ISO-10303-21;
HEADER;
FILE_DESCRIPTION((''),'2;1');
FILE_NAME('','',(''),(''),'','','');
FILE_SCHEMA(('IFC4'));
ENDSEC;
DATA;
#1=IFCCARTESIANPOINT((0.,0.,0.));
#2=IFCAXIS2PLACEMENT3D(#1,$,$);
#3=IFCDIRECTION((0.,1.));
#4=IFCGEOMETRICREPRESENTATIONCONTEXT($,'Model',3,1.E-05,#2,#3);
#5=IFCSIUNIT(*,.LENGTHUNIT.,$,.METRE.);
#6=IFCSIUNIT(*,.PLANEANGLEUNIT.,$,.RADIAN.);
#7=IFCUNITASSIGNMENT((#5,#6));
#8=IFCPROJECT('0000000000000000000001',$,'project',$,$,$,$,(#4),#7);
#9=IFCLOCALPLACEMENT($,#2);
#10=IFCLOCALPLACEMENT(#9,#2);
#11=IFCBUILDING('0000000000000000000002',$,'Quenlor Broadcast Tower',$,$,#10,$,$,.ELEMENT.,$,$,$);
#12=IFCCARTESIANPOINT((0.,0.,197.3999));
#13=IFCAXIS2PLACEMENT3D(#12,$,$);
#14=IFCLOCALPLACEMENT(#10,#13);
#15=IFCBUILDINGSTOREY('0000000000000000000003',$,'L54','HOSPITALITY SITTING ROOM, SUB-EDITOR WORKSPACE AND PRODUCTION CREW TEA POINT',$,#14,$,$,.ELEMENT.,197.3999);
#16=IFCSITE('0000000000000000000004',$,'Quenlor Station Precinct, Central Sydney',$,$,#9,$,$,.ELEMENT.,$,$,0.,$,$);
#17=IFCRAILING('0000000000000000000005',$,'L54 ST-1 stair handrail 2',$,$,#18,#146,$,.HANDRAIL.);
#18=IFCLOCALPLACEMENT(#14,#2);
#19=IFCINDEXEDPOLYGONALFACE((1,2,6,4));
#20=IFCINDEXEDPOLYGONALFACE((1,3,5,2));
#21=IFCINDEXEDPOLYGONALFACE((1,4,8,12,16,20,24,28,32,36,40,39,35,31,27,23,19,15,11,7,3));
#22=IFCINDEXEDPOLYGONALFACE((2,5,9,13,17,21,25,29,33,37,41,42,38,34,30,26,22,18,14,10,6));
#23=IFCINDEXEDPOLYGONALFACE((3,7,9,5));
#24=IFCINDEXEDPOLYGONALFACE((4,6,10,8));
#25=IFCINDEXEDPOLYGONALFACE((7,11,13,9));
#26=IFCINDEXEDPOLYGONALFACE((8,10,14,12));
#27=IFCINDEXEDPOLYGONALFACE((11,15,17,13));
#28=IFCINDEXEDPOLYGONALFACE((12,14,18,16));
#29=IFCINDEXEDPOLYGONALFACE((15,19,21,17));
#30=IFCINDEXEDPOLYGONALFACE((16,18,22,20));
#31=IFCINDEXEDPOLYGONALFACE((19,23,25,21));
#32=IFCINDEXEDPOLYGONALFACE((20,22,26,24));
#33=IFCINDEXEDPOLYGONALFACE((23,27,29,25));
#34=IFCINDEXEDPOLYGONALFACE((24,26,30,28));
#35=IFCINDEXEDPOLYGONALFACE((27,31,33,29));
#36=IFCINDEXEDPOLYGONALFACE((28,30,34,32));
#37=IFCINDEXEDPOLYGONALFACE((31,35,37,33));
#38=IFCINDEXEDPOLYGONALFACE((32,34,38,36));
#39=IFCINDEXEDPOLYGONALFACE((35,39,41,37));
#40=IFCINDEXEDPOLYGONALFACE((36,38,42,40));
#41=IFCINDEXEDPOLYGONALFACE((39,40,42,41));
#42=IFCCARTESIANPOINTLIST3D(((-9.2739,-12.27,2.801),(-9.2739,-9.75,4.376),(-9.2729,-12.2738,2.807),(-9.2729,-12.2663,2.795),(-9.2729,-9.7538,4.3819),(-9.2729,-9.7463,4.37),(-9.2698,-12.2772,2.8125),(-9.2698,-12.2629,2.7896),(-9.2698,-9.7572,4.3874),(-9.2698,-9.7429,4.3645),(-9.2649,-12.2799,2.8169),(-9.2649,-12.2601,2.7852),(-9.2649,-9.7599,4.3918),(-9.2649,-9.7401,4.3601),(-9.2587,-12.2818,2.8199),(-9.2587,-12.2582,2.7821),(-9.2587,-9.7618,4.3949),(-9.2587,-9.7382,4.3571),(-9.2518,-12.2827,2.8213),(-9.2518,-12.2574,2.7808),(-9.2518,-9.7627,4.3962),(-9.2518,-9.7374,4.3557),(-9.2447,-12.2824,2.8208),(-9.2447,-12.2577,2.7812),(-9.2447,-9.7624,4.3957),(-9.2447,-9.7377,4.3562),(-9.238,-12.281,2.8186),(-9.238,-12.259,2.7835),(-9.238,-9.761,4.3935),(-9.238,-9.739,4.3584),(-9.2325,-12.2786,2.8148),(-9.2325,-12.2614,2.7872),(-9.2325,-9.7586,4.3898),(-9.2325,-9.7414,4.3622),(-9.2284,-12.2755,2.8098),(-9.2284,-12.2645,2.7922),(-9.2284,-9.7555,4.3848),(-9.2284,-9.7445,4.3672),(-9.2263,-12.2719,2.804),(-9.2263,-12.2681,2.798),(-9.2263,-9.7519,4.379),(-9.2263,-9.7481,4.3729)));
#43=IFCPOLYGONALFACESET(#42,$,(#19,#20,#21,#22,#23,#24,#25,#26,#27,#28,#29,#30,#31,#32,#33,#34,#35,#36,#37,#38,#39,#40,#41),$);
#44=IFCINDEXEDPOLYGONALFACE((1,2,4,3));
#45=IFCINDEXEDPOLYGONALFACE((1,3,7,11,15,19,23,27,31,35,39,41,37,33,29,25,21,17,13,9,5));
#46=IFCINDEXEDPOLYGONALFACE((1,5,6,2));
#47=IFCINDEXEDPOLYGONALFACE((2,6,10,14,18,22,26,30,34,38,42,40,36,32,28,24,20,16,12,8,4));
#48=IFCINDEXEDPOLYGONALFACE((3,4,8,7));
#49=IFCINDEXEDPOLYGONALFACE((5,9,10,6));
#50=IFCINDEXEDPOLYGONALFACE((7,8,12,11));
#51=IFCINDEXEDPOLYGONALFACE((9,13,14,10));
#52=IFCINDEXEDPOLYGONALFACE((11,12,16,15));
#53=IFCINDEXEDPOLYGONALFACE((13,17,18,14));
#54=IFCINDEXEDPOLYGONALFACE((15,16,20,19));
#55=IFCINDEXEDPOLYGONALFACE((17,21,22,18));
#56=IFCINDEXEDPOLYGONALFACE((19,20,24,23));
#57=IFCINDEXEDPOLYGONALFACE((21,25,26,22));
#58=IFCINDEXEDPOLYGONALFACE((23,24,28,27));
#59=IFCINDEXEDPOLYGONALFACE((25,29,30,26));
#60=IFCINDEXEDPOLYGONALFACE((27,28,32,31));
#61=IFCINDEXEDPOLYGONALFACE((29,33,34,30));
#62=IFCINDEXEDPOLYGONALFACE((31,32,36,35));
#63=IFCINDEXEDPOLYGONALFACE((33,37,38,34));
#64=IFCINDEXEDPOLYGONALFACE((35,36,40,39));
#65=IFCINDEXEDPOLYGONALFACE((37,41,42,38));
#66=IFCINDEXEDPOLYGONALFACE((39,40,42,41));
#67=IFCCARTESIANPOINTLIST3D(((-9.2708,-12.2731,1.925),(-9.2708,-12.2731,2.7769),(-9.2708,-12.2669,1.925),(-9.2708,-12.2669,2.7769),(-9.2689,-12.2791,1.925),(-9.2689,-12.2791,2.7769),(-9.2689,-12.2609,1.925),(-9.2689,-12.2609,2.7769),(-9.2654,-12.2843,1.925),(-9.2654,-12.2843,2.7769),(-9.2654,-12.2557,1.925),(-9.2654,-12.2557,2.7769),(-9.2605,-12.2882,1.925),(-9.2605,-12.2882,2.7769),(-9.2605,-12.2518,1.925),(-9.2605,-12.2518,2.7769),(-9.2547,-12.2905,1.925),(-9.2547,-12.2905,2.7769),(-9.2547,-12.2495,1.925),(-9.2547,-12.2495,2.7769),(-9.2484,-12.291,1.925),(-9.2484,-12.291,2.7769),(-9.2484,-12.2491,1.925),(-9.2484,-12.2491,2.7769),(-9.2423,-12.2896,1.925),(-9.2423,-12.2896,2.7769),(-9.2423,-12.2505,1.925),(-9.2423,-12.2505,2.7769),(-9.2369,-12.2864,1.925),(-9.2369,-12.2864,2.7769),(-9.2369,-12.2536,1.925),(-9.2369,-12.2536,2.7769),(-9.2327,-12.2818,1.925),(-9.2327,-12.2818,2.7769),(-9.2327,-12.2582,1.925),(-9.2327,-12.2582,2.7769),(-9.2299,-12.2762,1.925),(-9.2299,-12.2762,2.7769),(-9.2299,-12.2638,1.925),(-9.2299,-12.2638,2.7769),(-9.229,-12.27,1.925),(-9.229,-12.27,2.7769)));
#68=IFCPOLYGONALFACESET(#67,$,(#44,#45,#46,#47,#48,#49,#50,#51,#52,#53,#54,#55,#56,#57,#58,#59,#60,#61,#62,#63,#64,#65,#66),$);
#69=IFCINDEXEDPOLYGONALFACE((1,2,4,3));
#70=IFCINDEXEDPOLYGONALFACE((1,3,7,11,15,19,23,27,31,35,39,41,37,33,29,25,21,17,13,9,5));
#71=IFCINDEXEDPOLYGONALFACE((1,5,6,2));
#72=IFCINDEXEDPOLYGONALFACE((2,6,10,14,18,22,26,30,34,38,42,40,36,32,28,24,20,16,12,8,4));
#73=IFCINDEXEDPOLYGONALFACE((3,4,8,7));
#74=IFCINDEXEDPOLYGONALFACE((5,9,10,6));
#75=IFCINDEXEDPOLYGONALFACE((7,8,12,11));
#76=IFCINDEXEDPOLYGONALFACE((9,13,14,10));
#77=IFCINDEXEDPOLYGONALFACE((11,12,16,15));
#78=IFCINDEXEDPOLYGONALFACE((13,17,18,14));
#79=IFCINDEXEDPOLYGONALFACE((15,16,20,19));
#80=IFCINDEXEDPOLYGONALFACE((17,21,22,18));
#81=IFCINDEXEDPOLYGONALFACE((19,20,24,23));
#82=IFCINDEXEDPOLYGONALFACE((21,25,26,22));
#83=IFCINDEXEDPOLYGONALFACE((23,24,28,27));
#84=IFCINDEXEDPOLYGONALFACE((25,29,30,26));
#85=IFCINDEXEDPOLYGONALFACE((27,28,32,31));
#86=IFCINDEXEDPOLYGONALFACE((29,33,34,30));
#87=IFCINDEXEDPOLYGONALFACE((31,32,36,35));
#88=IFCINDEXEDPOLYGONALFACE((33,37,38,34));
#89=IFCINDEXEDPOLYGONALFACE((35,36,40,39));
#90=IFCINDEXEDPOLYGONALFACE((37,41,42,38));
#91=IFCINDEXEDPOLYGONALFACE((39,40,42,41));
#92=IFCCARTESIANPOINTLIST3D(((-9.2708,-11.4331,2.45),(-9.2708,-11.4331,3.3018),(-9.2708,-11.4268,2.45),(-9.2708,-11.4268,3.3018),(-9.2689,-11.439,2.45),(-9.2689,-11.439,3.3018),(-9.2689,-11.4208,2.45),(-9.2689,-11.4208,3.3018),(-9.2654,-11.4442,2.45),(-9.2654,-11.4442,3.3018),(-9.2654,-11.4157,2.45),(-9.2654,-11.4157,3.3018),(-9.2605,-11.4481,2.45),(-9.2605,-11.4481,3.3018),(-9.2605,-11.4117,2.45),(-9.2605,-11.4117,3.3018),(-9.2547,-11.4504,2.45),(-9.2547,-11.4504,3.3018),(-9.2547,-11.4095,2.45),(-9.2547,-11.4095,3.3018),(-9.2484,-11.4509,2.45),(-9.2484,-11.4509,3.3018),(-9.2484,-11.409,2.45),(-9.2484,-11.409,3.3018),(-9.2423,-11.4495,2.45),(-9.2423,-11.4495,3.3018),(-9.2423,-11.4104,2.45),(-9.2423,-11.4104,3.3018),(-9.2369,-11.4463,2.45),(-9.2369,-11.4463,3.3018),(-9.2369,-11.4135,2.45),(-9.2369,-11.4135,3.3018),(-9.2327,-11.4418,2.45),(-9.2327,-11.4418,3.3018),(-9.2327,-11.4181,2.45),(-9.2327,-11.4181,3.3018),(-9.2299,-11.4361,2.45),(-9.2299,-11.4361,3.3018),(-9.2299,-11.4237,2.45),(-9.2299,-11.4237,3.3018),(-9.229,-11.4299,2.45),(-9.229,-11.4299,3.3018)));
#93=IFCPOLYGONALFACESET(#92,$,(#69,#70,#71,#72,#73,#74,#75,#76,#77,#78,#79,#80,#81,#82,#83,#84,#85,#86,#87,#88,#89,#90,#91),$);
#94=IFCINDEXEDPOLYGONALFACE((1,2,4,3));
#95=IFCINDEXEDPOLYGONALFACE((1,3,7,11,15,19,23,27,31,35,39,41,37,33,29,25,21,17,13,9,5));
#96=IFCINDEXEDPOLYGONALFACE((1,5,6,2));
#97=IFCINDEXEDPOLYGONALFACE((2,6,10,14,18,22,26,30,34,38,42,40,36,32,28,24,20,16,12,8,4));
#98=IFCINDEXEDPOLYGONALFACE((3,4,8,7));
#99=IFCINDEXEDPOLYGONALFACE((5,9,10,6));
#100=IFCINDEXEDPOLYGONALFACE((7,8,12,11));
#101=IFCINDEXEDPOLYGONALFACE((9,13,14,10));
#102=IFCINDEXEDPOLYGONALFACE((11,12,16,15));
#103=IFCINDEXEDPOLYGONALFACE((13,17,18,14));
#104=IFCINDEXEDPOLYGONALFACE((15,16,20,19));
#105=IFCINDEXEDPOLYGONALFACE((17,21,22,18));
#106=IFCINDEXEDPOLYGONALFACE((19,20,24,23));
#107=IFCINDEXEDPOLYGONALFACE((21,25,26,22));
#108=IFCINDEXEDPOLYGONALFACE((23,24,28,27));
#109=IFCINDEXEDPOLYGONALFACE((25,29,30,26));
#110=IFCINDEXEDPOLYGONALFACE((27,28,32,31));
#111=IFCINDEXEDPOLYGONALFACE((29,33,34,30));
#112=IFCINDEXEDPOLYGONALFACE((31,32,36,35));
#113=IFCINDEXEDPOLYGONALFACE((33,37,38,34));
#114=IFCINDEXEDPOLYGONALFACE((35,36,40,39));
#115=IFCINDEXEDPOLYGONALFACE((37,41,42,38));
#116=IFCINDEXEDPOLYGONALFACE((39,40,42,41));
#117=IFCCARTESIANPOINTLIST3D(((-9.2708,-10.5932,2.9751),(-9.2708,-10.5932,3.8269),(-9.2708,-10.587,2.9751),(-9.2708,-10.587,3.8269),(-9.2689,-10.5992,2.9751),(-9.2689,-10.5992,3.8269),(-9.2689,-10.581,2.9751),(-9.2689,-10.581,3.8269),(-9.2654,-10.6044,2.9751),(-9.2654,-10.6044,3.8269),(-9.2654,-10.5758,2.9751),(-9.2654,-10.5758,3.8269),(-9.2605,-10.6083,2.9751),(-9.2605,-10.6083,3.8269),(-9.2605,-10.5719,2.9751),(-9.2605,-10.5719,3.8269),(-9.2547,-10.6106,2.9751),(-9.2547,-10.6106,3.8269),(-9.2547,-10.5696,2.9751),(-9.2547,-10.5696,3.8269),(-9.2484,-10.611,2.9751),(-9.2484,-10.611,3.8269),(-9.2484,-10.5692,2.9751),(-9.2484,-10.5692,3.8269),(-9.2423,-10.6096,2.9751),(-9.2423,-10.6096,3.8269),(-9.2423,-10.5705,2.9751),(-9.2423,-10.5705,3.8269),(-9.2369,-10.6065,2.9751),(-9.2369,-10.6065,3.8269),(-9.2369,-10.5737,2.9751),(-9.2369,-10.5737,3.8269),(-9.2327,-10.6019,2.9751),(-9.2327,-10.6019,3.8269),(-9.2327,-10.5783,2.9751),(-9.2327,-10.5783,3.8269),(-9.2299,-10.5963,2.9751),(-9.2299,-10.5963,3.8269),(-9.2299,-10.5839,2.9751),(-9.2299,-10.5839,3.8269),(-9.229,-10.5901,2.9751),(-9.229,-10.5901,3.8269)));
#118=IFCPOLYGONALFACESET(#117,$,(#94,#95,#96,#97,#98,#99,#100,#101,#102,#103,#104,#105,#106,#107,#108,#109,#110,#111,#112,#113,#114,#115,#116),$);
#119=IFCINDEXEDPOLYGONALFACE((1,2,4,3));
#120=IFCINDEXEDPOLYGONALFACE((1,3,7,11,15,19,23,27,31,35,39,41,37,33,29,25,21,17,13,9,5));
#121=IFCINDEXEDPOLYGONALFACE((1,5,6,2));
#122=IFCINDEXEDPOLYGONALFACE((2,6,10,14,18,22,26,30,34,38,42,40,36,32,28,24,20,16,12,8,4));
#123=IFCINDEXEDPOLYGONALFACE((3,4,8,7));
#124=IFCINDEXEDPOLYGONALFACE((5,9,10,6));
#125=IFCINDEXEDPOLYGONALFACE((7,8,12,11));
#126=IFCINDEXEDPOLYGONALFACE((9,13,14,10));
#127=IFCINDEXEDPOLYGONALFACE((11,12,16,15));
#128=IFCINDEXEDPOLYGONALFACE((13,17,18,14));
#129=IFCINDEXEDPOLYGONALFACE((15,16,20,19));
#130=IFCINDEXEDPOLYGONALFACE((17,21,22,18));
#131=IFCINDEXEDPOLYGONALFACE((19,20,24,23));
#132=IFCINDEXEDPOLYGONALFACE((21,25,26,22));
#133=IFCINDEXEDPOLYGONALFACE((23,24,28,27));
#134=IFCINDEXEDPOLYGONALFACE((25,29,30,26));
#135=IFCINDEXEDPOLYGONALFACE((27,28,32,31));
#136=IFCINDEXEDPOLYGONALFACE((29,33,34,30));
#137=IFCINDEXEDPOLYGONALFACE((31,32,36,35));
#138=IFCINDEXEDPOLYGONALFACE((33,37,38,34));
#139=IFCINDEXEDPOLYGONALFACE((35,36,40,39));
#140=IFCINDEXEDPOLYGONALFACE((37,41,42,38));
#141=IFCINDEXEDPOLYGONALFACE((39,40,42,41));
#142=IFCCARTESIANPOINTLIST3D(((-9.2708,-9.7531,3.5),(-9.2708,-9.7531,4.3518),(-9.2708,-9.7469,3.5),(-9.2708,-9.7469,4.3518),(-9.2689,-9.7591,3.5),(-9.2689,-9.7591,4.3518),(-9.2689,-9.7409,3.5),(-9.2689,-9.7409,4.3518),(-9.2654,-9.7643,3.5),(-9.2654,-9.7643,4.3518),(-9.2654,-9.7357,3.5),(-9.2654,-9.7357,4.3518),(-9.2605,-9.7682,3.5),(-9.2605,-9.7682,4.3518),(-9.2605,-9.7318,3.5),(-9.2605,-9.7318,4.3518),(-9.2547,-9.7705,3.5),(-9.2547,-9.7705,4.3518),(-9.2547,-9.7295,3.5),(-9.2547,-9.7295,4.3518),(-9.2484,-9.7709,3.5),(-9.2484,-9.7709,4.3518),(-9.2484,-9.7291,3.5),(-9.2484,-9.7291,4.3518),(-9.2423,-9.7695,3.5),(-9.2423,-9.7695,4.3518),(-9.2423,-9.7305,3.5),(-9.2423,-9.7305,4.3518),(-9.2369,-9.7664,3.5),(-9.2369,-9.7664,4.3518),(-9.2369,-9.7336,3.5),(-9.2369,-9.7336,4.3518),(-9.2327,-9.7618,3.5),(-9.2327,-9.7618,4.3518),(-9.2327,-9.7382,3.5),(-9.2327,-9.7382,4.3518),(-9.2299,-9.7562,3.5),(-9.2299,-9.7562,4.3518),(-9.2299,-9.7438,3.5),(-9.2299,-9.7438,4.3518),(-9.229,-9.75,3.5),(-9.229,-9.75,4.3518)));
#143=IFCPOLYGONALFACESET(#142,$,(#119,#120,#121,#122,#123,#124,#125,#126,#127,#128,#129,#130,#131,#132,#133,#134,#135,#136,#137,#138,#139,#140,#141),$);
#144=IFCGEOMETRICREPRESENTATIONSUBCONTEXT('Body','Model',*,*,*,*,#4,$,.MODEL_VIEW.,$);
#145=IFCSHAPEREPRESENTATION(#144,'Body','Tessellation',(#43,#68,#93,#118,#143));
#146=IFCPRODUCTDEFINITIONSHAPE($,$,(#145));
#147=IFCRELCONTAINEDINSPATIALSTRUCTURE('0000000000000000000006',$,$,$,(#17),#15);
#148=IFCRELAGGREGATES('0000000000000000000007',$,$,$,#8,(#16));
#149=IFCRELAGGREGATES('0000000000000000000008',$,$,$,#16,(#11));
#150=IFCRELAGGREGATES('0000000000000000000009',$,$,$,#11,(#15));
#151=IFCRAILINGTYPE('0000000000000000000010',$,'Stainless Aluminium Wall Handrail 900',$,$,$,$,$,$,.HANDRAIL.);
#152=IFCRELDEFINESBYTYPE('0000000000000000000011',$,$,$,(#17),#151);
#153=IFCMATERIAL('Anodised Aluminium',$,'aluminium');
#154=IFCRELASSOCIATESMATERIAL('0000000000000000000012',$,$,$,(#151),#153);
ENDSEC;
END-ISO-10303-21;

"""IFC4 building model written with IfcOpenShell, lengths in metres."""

from ifc_helpers import new_model, si_unit, direction, frame, origin, origin_2d, place, context, subcontext, project, spatial, circle, extrude, material, type_object, element, save


model = new_model("IFC4")

# Units and contexts
model_context = context("Model", 3, precision=1e-05, world=origin(), true_north=direction((0.0, 1.0)))
body_context = subcontext(model_context, "Body", "Model", "MODEL_VIEW")
ifc_project = project(units=[si_unit("LENGTHUNIT", "METRE"), si_unit("PLANEANGLEUNIT", "RADIAN")], contexts=[model_context])

# Site, building, storey
site_placement = place(None, origin())
site = spatial("IfcSite", under=ifc_project, at=site_placement, Name="Quenlor Station Precinct, Central Sydney", CompositionType="ELEMENT", RefElevation=0.0)
building_placement = place(site_placement, origin())
building = spatial("IfcBuilding", under=site, at=building_placement, Name="Quenlor Broadcast Tower", CompositionType="ELEMENT")
storey_placement = place(building_placement, frame((0.0, 0.0, 197.3999)))
storey = spatial("IfcBuildingStorey", under=building, at=storey_placement, Name="L54", Description="HOSPITALITY SITTING ROOM, SUB-EDITOR WORKSPACE AND PRODUCTION CREW TEA POINT", CompositionType="ELEMENT", Elevation=197.3999)

# Railing
ifc_material_1 = material(Name="Anodised Aluminium", Category="aluminium")
railing_type_1 = type_object("IfcRailingType", Name="Stainless Aluminium Wall Handrail 900", PredefinedType="HANDRAIL", material=ifc_material_1)
railing_1_placement = place(storey_placement, frame((-9.25, -12.27, 1.925)))
element("IfcRailing", 1, at=railing_1_placement, inside=storey, type_object=railing_type_1, Name="L54 ST-1 stair handrail 2", PredefinedType="HANDRAIL", context=body_context, shape_type="SweptSolid", body=[
    extrude(circle(Radius=0.0239, at=origin_2d()), frame((0.0, 0.0, 0.876), z_axis=(0.0, 0.848008, 0.529984), x_axis=(-1.0, 0.0, 0.0)), (0.0, 0.0, 1.0), 2.9717),
    extrude(circle(Radius=0.021, at=origin_2d()), origin(), (0.0, 0.0, 1.0), 0.8518),
    extrude(circle(Radius=0.021, at=origin_2d()), frame((0.0, 0.8401, 0.5249)), (0.0, 0.0, 1.0), 0.8518),
    extrude(circle(Radius=0.021, at=origin_2d()), frame((0.0, 1.6799, 1.05)), (0.0, 0.0, 1.0), 0.8518),
    extrude(circle(Radius=0.021, at=origin_2d()), frame((0.0, 2.52, 1.575)), (0.0, 0.0, 1.0), 0.8518),
])

save(model, "model.ifc")
